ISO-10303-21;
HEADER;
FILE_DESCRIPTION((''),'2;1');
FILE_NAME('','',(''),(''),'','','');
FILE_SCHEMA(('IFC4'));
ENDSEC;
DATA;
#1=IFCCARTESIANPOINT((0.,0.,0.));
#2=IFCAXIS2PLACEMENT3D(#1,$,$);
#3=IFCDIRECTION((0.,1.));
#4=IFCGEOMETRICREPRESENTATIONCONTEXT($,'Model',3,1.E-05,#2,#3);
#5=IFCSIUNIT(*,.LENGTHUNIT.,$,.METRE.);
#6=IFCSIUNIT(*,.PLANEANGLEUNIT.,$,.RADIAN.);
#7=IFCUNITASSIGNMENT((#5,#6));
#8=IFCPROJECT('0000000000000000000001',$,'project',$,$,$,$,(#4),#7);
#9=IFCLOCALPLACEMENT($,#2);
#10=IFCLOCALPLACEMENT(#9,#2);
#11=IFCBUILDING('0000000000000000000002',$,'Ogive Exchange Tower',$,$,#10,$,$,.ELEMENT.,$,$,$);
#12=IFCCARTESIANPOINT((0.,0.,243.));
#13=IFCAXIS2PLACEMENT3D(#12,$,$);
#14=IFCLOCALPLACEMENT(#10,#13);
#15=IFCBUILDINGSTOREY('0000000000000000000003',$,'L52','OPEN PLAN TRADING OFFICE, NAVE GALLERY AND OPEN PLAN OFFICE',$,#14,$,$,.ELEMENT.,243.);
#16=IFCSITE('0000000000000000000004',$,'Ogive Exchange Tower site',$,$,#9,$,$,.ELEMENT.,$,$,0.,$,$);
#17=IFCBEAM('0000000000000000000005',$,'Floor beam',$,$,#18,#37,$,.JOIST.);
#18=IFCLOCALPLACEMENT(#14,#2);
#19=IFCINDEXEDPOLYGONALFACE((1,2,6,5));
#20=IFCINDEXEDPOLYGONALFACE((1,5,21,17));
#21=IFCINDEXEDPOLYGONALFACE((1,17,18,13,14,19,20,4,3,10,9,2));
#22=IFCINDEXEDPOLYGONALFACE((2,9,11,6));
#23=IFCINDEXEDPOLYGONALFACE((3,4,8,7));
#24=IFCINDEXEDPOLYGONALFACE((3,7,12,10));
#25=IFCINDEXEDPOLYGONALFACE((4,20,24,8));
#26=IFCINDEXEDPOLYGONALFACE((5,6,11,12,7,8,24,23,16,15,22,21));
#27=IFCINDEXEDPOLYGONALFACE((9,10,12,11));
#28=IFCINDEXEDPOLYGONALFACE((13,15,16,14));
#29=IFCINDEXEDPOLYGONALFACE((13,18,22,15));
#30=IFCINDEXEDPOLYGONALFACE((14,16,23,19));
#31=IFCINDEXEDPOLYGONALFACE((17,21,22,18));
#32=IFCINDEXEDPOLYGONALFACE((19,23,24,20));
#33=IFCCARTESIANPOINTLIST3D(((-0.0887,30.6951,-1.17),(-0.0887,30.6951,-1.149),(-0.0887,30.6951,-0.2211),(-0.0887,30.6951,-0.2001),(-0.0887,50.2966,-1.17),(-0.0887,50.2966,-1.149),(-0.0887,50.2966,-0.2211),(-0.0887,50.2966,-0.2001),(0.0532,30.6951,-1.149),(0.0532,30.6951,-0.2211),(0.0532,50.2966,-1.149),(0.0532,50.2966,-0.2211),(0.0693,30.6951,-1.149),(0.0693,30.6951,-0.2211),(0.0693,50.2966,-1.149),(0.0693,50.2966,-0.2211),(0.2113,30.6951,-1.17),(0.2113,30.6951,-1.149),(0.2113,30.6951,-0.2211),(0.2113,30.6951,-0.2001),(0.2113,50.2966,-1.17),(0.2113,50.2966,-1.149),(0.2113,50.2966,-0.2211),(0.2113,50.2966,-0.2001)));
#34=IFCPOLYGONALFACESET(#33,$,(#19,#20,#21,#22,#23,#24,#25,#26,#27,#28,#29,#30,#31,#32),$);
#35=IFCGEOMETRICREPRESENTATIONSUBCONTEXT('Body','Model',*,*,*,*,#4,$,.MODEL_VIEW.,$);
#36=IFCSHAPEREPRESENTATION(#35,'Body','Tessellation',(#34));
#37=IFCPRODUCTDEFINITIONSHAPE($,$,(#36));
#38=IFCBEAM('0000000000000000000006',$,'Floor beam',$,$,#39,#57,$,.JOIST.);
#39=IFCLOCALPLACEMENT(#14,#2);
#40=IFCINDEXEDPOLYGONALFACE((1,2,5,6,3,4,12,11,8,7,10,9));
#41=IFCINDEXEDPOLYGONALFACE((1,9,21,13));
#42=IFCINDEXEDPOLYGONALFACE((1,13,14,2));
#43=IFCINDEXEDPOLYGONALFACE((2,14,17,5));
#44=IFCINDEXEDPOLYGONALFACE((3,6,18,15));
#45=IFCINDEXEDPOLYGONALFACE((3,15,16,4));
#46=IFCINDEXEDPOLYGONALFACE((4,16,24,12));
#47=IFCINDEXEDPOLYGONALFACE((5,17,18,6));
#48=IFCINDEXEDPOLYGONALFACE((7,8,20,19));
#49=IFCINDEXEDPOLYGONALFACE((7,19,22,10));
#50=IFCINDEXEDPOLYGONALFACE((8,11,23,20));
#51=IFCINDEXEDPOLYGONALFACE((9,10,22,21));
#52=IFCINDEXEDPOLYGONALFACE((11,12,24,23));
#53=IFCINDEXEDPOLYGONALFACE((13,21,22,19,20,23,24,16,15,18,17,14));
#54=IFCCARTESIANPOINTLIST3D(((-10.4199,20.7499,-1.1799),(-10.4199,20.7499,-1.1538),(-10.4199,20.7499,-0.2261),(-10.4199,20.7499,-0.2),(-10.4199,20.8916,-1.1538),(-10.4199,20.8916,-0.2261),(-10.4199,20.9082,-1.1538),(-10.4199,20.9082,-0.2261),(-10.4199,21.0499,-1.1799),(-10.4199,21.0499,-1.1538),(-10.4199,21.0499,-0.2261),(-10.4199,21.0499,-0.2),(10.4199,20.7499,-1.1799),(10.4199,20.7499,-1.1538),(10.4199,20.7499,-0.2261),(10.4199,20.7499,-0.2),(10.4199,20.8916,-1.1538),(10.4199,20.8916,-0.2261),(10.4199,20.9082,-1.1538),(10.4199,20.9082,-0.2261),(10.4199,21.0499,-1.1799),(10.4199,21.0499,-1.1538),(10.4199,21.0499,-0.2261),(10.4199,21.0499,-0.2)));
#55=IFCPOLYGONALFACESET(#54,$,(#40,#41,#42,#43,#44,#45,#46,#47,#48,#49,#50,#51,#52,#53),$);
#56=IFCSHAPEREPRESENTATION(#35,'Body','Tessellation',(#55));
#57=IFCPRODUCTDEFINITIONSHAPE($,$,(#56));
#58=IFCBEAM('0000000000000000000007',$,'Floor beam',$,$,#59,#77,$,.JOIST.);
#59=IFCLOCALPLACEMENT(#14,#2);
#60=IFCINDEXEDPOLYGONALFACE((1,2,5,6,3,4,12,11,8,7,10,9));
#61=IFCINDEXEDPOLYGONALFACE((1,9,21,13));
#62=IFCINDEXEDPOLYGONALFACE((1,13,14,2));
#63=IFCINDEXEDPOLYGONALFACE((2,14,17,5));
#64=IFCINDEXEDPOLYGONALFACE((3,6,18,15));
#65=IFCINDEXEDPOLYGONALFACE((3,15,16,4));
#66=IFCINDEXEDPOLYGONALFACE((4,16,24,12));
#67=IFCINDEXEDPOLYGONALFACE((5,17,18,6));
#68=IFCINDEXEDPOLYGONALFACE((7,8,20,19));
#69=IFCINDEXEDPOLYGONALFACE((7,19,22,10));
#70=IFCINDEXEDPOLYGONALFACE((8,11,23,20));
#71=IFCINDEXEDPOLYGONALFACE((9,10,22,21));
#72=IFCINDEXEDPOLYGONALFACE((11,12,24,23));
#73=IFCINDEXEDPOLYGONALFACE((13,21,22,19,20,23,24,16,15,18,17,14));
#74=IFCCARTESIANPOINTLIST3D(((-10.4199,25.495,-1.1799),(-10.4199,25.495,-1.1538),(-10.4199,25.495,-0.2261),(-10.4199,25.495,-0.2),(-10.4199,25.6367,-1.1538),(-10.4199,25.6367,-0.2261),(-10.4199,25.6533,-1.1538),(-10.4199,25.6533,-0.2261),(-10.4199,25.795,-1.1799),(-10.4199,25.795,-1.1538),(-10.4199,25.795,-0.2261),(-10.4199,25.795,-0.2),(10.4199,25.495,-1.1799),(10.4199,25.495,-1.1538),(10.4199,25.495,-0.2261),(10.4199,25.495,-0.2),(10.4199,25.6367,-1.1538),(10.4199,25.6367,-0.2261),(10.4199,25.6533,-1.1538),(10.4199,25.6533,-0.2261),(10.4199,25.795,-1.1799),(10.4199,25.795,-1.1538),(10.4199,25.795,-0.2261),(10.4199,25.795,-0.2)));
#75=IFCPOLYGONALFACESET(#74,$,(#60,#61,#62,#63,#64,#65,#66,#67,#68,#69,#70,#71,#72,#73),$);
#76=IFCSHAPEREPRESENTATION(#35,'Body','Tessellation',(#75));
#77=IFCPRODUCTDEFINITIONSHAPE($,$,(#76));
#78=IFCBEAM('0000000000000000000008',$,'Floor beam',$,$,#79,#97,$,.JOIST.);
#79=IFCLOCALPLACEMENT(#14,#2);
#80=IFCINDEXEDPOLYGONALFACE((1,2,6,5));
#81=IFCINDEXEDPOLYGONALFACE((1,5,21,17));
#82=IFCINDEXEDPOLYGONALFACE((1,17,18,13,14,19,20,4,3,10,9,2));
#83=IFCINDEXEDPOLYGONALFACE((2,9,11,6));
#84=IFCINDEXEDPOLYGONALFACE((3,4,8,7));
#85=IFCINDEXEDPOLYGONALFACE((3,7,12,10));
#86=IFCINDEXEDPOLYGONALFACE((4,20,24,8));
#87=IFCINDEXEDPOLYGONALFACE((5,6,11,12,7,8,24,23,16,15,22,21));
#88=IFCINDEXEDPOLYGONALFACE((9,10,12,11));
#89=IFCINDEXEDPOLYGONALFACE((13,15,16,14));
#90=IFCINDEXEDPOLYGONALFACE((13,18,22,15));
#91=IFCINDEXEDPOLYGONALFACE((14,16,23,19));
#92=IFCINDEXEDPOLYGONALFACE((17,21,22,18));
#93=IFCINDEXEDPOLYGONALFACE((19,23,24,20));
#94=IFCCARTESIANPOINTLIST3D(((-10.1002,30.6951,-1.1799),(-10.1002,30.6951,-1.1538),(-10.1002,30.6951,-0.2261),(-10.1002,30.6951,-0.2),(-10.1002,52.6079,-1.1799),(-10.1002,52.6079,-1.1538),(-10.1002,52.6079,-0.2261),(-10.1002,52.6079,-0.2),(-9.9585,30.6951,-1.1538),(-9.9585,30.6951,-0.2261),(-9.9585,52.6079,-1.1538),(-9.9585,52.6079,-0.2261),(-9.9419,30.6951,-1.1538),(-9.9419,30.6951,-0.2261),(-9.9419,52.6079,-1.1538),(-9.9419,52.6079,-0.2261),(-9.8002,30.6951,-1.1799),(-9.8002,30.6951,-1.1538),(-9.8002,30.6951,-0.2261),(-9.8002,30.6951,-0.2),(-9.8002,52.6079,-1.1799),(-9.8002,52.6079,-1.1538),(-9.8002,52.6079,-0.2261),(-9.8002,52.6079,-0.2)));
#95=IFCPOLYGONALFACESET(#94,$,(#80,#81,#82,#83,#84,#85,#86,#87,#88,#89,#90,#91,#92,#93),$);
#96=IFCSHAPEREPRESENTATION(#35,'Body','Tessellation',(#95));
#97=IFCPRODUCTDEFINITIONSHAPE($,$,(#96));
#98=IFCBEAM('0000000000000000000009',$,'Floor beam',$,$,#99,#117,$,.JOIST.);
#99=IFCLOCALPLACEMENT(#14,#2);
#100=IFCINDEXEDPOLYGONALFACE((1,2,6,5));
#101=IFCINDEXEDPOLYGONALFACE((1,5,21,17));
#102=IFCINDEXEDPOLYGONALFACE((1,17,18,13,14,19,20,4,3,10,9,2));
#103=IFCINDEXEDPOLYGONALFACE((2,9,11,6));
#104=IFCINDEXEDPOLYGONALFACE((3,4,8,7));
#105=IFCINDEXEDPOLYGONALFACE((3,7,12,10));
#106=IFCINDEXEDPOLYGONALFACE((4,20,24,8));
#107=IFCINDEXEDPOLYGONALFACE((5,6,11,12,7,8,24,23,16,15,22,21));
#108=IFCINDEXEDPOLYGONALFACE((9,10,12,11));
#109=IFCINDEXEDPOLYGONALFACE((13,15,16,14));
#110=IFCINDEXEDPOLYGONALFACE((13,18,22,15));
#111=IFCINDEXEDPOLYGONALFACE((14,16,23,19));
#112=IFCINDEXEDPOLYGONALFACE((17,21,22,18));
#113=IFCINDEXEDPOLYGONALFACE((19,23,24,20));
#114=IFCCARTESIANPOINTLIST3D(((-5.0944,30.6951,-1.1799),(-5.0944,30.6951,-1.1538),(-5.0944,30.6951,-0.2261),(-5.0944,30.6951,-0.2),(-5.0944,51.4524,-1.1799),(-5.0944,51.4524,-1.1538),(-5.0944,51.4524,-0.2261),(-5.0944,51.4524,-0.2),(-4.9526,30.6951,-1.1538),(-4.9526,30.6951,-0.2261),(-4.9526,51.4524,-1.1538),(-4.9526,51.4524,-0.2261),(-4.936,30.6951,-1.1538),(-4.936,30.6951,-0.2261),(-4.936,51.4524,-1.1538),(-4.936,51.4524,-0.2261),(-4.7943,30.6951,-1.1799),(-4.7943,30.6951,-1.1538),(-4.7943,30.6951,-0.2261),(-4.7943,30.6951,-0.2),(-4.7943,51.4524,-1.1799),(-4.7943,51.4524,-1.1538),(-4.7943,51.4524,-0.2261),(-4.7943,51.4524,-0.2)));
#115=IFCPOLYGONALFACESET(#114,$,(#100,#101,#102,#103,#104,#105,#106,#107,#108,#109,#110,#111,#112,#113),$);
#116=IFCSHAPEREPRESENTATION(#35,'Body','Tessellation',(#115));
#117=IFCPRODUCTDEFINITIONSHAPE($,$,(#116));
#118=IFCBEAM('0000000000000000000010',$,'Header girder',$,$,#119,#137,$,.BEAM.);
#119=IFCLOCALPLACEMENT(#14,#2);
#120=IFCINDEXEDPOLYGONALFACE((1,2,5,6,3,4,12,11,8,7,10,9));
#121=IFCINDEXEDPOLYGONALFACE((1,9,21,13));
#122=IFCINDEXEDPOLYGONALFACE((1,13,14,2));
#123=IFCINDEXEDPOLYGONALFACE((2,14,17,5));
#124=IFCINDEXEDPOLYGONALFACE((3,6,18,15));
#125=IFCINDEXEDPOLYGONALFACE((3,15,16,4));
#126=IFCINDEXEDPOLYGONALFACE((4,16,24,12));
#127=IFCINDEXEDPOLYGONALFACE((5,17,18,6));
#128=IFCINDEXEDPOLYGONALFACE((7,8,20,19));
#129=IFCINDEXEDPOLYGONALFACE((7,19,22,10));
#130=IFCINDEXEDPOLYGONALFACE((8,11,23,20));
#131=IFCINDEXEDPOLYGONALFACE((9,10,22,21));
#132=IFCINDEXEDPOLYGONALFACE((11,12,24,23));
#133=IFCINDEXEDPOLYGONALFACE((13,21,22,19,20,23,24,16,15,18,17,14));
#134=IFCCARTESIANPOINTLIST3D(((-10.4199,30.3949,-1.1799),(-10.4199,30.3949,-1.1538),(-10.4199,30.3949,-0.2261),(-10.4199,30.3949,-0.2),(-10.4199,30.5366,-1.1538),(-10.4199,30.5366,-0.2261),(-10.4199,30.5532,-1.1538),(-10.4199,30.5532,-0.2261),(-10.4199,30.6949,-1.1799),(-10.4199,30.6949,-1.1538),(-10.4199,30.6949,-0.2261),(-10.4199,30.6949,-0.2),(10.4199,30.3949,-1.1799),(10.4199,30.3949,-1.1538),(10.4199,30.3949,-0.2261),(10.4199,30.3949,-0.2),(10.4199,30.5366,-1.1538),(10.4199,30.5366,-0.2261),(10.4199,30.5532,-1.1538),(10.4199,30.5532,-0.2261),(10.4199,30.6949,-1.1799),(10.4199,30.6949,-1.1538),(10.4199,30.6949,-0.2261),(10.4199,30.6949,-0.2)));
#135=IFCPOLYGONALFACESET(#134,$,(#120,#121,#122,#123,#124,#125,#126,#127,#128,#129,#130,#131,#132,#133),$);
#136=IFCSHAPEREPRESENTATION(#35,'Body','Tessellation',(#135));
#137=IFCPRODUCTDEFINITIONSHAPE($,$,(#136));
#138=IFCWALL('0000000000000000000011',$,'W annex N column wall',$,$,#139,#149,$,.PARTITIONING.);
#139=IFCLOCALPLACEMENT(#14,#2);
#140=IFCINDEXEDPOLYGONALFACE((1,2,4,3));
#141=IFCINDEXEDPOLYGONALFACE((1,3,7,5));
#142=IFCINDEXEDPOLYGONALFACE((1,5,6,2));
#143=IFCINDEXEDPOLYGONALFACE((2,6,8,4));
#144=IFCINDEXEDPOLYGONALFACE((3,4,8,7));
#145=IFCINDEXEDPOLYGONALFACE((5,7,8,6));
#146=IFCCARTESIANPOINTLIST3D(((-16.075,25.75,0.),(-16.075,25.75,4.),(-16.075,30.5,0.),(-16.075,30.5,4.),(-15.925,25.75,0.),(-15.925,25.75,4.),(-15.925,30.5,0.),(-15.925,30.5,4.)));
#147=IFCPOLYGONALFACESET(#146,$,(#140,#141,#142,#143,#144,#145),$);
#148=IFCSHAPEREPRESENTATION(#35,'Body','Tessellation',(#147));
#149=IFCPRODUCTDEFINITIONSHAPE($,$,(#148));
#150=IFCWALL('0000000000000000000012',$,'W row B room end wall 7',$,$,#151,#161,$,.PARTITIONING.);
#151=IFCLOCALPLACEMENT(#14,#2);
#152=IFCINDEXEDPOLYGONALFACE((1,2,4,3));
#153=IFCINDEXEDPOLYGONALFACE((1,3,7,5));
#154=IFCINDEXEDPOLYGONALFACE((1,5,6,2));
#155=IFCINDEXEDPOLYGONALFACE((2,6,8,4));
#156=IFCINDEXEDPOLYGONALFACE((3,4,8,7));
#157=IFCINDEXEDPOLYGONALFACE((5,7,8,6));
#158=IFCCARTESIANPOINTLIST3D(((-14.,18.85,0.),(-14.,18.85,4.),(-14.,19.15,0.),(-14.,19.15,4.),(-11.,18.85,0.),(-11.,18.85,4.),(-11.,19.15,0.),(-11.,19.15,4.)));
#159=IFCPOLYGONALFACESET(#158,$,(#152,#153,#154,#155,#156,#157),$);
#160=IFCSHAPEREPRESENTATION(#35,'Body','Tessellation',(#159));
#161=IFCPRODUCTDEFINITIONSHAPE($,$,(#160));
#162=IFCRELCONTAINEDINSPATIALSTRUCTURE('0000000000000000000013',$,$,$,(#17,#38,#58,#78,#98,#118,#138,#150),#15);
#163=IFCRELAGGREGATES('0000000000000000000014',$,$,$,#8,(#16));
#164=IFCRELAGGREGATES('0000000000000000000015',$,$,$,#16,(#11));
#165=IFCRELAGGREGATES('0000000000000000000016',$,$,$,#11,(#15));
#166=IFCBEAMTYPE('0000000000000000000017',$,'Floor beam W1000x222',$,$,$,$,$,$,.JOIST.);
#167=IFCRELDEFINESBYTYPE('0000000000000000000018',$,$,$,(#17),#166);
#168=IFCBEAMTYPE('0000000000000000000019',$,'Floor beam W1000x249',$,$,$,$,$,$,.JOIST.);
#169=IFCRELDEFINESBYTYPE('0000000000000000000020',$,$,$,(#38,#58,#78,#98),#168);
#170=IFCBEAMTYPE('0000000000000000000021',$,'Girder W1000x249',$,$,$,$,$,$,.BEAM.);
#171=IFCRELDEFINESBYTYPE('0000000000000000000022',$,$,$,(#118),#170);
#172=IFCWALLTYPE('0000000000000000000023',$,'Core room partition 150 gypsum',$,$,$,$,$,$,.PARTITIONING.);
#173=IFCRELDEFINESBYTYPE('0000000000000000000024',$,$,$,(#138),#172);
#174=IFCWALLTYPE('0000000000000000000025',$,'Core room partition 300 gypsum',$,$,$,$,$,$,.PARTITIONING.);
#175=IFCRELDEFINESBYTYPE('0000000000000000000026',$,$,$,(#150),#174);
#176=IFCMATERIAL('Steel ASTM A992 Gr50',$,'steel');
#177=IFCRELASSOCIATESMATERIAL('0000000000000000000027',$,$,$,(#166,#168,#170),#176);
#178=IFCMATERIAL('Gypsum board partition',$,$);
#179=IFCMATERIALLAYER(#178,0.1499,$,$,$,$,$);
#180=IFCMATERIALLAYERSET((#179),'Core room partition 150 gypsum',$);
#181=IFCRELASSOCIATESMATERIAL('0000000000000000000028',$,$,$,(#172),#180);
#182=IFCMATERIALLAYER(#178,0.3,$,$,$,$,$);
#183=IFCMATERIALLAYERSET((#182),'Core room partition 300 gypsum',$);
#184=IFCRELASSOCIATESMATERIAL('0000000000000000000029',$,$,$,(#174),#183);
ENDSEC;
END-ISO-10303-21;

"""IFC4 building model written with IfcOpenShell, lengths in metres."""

from ifc_helpers import new_model, si_unit, direction, frame, frame_2d, origin, origin_2d, place, context, subcontext, project, spatial, rectangle, i_section, extrude, material, layer, layer_set, material_profile, profile_set, type_object, element, save


model = new_model("IFC4")

# Units and contexts
model_context = context("Model", 3, precision=1e-05, world=origin(), true_north=direction((0.0, 1.0)))
body_context = subcontext(model_context, "Body", "Model", "MODEL_VIEW")
ifc_project = project(units=[si_unit("LENGTHUNIT", "METRE"), si_unit("PLANEANGLEUNIT", "RADIAN")], contexts=[model_context])

# Site, building, storey
site_placement = place(None, origin())
site = spatial("IfcSite", under=ifc_project, at=site_placement, Name="Ogive Exchange Tower site", CompositionType="ELEMENT", RefElevation=0.0)
building_placement = place(site_placement, origin())
building = spatial("IfcBuilding", under=site, at=building_placement, Name="Ogive Exchange Tower", CompositionType="ELEMENT")
storey_placement = place(building_placement, frame((0.0, 0.0, 243.0)))
storey = spatial("IfcBuildingStorey", under=building, at=storey_placement, Name="L52", Description="OPEN PLAN TRADING OFFICE, NAVE GALLERY AND OPEN PLAN OFFICE", CompositionType="ELEMENT", Elevation=243.0)

# Beams
ifc_material_1 = material(Name="Steel ASTM A992 Gr50", Category="steel")
ifc_material_profile_1 = material_profile(ifc_material_1, i_section(OverallWidth=0.3, OverallDepth=0.97, WebThickness=0.0161, FlangeThickness=0.021, at=origin_2d()), Name="W1000x222")
ifc_profile_set_1 = profile_set([ifc_material_profile_1], Name="Steel ASTM A992 Gr50")
beam_type_1 = type_object("IfcBeamType", Name="Floor beam W1000x222", PredefinedType="JOIST", material=ifc_profile_set_1)
beam_1_placement = place(storey_placement, frame((0.0613, 30.6951, -0.6851), z_axis=(0.0, 1.0, 0.0), x_axis=(-1.0, 0.0, 0.0)))
element("IfcBeam", 1, at=beam_1_placement, inside=storey, type_object=beam_type_1, Name="Floor beam", PredefinedType="JOIST", context=body_context, shape_type="SweptSolid", body=[
    extrude(i_section(OverallWidth=0.3, OverallDepth=0.97, WebThickness=0.0161, FlangeThickness=0.021, at=origin_2d()), origin(), (0.0, 0.0, 1.0), 19.6016),
])
ifc_material_profile_2 = material_profile(ifc_material_1, i_section(OverallWidth=0.3, OverallDepth=0.98, WebThickness=0.0166, FlangeThickness=0.0261, at=origin_2d()), Name="W1000x249")
ifc_profile_set_2 = profile_set([ifc_material_profile_2], Name="Steel ASTM A992 Gr50")
beam_type_2 = type_object("IfcBeamType", Name="Floor beam W1000x249", PredefinedType="JOIST", material=ifc_profile_set_2)
for number, where, z_axis, x_axis, name in (
    (2, (-10.4199, 20.8999, -0.6899), (1.0, 0.0, 0.0), (0.0, 1.0, 0.0), "Floor beam"),
    (3, (-10.4199, 25.645, -0.6899), (1.0, 0.0, 0.0), (0.0, 1.0, 0.0), "Floor beam"),
):
    element("IfcBeam", number, at=place(storey_placement, frame(where, z_axis=z_axis, x_axis=x_axis)), inside=storey, type_object=beam_type_2, Name=name, PredefinedType="JOIST", context=body_context, shape_type="SweptSolid", body=[
        extrude(i_section(OverallWidth=0.3, OverallDepth=0.98, WebThickness=0.0166, FlangeThickness=0.0261, at=origin_2d()), origin(), (0.0, 0.0, 1.0), 20.8398),
    ])
beam_2_placement = place(storey_placement, frame((-9.9502, 30.6951, -0.6899), z_axis=(0.0, 1.0, 0.0), x_axis=(-1.0, 0.0, 0.0)))
element("IfcBeam", 4, at=beam_2_placement, inside=storey, type_object=beam_type_2, Name="Floor beam", PredefinedType="JOIST", context=body_context, shape_type="SweptSolid", body=[
    extrude(i_section(OverallWidth=0.3, OverallDepth=0.98, WebThickness=0.0166, FlangeThickness=0.0261, at=origin_2d()), origin(), (0.0, 0.0, 1.0), 21.9128),
])
beam_3_placement = place(storey_placement, frame((-4.9443, 30.6951, -0.6899), z_axis=(0.0, 1.0, 0.0), x_axis=(-1.0, 0.0, 0.0)))
element("IfcBeam", 5, at=beam_3_placement, inside=storey, type_object=beam_type_2, Name="Floor beam", PredefinedType="JOIST", context=body_context, shape_type="SweptSolid", body=[
    extrude(i_section(OverallWidth=0.3, OverallDepth=0.98, WebThickness=0.0166, FlangeThickness=0.0261, at=origin_2d()), origin(), (0.0, 0.0, 1.0), 20.7573),
])
ifc_material_profile_3 = material_profile(ifc_material_1, i_section(OverallWidth=0.3, OverallDepth=0.98, WebThickness=0.0166, FlangeThickness=0.0261, at=origin_2d()), Name="W1000x249")
ifc_profile_set_3 = profile_set([ifc_material_profile_3], Name="Steel ASTM A992 Gr50")
beam_type_3 = type_object("IfcBeamType", Name="Girder W1000x249", PredefinedType="BEAM", material=ifc_profile_set_3)
beam_4_placement = place(storey_placement, frame((-10.4199, 30.5449, -0.6899), z_axis=(1.0, 0.0, 0.0), x_axis=(0.0, 1.0, 0.0)))
element("IfcBeam", 6, at=beam_4_placement, inside=storey, type_object=beam_type_3, Name="Header girder", PredefinedType="BEAM", context=body_context, shape_type="SweptSolid", body=[
    extrude(i_section(OverallWidth=0.3, OverallDepth=0.98, WebThickness=0.0166, FlangeThickness=0.0261, at=origin_2d()), origin(), (0.0, 0.0, 1.0), 20.8398),
])

# Walls
ifc_material_2 = material(Name="Gypsum board partition")
ifc_layer_1 = layer(ifc_material_2, 0.1499)
ifc_layer_set_1 = layer_set([ifc_layer_1], Name="Core room partition 150 gypsum")
wall_type_1 = type_object("IfcWallType", Name="Core room partition 150 gypsum", PredefinedType="PARTITIONING", material=ifc_layer_set_1)
wall_1_placement = place(storey_placement, frame((-16.0, 25.75, 0.0), z_axis=(0.0, 0.0, 1.0), x_axis=(0.0, 1.0, 0.0)))
element("IfcWall", 7, at=wall_1_placement, inside=storey, type_object=wall_type_1, Name="W annex N column wall", PredefinedType="PARTITIONING", context=body_context, shape_type="SweptSolid", body=[
    extrude(rectangle(XDim=4.75, YDim=0.1499, at=frame_2d((2.375, 0.0))), origin(), (0.0, 0.0, 1.0), 4.0),
])
ifc_layer_2 = layer(ifc_material_2, 0.3)
ifc_layer_set_2 = layer_set([ifc_layer_2], Name="Core room partition 300 gypsum")
wall_type_2 = type_object("IfcWallType", Name="Core room partition 300 gypsum", PredefinedType="PARTITIONING", material=ifc_layer_set_2)
wall_2_placement = place(storey_placement, frame((-14.0, 19.0, 0.0), z_axis=(0.0, 0.0, 1.0), x_axis=(1.0, 0.0, 0.0)))
element("IfcWall", 8, at=wall_2_placement, inside=storey, type_object=wall_type_2, Name="W row B room end wall 7", PredefinedType="PARTITIONING", context=body_context, shape_type="SweptSolid", body=[
    extrude(rectangle(XDim=3.0, YDim=0.3, at=frame_2d((1.5, 0.0))), origin(), (0.0, 0.0, 1.0), 4.0),
])

save(model, "model.ifc")
